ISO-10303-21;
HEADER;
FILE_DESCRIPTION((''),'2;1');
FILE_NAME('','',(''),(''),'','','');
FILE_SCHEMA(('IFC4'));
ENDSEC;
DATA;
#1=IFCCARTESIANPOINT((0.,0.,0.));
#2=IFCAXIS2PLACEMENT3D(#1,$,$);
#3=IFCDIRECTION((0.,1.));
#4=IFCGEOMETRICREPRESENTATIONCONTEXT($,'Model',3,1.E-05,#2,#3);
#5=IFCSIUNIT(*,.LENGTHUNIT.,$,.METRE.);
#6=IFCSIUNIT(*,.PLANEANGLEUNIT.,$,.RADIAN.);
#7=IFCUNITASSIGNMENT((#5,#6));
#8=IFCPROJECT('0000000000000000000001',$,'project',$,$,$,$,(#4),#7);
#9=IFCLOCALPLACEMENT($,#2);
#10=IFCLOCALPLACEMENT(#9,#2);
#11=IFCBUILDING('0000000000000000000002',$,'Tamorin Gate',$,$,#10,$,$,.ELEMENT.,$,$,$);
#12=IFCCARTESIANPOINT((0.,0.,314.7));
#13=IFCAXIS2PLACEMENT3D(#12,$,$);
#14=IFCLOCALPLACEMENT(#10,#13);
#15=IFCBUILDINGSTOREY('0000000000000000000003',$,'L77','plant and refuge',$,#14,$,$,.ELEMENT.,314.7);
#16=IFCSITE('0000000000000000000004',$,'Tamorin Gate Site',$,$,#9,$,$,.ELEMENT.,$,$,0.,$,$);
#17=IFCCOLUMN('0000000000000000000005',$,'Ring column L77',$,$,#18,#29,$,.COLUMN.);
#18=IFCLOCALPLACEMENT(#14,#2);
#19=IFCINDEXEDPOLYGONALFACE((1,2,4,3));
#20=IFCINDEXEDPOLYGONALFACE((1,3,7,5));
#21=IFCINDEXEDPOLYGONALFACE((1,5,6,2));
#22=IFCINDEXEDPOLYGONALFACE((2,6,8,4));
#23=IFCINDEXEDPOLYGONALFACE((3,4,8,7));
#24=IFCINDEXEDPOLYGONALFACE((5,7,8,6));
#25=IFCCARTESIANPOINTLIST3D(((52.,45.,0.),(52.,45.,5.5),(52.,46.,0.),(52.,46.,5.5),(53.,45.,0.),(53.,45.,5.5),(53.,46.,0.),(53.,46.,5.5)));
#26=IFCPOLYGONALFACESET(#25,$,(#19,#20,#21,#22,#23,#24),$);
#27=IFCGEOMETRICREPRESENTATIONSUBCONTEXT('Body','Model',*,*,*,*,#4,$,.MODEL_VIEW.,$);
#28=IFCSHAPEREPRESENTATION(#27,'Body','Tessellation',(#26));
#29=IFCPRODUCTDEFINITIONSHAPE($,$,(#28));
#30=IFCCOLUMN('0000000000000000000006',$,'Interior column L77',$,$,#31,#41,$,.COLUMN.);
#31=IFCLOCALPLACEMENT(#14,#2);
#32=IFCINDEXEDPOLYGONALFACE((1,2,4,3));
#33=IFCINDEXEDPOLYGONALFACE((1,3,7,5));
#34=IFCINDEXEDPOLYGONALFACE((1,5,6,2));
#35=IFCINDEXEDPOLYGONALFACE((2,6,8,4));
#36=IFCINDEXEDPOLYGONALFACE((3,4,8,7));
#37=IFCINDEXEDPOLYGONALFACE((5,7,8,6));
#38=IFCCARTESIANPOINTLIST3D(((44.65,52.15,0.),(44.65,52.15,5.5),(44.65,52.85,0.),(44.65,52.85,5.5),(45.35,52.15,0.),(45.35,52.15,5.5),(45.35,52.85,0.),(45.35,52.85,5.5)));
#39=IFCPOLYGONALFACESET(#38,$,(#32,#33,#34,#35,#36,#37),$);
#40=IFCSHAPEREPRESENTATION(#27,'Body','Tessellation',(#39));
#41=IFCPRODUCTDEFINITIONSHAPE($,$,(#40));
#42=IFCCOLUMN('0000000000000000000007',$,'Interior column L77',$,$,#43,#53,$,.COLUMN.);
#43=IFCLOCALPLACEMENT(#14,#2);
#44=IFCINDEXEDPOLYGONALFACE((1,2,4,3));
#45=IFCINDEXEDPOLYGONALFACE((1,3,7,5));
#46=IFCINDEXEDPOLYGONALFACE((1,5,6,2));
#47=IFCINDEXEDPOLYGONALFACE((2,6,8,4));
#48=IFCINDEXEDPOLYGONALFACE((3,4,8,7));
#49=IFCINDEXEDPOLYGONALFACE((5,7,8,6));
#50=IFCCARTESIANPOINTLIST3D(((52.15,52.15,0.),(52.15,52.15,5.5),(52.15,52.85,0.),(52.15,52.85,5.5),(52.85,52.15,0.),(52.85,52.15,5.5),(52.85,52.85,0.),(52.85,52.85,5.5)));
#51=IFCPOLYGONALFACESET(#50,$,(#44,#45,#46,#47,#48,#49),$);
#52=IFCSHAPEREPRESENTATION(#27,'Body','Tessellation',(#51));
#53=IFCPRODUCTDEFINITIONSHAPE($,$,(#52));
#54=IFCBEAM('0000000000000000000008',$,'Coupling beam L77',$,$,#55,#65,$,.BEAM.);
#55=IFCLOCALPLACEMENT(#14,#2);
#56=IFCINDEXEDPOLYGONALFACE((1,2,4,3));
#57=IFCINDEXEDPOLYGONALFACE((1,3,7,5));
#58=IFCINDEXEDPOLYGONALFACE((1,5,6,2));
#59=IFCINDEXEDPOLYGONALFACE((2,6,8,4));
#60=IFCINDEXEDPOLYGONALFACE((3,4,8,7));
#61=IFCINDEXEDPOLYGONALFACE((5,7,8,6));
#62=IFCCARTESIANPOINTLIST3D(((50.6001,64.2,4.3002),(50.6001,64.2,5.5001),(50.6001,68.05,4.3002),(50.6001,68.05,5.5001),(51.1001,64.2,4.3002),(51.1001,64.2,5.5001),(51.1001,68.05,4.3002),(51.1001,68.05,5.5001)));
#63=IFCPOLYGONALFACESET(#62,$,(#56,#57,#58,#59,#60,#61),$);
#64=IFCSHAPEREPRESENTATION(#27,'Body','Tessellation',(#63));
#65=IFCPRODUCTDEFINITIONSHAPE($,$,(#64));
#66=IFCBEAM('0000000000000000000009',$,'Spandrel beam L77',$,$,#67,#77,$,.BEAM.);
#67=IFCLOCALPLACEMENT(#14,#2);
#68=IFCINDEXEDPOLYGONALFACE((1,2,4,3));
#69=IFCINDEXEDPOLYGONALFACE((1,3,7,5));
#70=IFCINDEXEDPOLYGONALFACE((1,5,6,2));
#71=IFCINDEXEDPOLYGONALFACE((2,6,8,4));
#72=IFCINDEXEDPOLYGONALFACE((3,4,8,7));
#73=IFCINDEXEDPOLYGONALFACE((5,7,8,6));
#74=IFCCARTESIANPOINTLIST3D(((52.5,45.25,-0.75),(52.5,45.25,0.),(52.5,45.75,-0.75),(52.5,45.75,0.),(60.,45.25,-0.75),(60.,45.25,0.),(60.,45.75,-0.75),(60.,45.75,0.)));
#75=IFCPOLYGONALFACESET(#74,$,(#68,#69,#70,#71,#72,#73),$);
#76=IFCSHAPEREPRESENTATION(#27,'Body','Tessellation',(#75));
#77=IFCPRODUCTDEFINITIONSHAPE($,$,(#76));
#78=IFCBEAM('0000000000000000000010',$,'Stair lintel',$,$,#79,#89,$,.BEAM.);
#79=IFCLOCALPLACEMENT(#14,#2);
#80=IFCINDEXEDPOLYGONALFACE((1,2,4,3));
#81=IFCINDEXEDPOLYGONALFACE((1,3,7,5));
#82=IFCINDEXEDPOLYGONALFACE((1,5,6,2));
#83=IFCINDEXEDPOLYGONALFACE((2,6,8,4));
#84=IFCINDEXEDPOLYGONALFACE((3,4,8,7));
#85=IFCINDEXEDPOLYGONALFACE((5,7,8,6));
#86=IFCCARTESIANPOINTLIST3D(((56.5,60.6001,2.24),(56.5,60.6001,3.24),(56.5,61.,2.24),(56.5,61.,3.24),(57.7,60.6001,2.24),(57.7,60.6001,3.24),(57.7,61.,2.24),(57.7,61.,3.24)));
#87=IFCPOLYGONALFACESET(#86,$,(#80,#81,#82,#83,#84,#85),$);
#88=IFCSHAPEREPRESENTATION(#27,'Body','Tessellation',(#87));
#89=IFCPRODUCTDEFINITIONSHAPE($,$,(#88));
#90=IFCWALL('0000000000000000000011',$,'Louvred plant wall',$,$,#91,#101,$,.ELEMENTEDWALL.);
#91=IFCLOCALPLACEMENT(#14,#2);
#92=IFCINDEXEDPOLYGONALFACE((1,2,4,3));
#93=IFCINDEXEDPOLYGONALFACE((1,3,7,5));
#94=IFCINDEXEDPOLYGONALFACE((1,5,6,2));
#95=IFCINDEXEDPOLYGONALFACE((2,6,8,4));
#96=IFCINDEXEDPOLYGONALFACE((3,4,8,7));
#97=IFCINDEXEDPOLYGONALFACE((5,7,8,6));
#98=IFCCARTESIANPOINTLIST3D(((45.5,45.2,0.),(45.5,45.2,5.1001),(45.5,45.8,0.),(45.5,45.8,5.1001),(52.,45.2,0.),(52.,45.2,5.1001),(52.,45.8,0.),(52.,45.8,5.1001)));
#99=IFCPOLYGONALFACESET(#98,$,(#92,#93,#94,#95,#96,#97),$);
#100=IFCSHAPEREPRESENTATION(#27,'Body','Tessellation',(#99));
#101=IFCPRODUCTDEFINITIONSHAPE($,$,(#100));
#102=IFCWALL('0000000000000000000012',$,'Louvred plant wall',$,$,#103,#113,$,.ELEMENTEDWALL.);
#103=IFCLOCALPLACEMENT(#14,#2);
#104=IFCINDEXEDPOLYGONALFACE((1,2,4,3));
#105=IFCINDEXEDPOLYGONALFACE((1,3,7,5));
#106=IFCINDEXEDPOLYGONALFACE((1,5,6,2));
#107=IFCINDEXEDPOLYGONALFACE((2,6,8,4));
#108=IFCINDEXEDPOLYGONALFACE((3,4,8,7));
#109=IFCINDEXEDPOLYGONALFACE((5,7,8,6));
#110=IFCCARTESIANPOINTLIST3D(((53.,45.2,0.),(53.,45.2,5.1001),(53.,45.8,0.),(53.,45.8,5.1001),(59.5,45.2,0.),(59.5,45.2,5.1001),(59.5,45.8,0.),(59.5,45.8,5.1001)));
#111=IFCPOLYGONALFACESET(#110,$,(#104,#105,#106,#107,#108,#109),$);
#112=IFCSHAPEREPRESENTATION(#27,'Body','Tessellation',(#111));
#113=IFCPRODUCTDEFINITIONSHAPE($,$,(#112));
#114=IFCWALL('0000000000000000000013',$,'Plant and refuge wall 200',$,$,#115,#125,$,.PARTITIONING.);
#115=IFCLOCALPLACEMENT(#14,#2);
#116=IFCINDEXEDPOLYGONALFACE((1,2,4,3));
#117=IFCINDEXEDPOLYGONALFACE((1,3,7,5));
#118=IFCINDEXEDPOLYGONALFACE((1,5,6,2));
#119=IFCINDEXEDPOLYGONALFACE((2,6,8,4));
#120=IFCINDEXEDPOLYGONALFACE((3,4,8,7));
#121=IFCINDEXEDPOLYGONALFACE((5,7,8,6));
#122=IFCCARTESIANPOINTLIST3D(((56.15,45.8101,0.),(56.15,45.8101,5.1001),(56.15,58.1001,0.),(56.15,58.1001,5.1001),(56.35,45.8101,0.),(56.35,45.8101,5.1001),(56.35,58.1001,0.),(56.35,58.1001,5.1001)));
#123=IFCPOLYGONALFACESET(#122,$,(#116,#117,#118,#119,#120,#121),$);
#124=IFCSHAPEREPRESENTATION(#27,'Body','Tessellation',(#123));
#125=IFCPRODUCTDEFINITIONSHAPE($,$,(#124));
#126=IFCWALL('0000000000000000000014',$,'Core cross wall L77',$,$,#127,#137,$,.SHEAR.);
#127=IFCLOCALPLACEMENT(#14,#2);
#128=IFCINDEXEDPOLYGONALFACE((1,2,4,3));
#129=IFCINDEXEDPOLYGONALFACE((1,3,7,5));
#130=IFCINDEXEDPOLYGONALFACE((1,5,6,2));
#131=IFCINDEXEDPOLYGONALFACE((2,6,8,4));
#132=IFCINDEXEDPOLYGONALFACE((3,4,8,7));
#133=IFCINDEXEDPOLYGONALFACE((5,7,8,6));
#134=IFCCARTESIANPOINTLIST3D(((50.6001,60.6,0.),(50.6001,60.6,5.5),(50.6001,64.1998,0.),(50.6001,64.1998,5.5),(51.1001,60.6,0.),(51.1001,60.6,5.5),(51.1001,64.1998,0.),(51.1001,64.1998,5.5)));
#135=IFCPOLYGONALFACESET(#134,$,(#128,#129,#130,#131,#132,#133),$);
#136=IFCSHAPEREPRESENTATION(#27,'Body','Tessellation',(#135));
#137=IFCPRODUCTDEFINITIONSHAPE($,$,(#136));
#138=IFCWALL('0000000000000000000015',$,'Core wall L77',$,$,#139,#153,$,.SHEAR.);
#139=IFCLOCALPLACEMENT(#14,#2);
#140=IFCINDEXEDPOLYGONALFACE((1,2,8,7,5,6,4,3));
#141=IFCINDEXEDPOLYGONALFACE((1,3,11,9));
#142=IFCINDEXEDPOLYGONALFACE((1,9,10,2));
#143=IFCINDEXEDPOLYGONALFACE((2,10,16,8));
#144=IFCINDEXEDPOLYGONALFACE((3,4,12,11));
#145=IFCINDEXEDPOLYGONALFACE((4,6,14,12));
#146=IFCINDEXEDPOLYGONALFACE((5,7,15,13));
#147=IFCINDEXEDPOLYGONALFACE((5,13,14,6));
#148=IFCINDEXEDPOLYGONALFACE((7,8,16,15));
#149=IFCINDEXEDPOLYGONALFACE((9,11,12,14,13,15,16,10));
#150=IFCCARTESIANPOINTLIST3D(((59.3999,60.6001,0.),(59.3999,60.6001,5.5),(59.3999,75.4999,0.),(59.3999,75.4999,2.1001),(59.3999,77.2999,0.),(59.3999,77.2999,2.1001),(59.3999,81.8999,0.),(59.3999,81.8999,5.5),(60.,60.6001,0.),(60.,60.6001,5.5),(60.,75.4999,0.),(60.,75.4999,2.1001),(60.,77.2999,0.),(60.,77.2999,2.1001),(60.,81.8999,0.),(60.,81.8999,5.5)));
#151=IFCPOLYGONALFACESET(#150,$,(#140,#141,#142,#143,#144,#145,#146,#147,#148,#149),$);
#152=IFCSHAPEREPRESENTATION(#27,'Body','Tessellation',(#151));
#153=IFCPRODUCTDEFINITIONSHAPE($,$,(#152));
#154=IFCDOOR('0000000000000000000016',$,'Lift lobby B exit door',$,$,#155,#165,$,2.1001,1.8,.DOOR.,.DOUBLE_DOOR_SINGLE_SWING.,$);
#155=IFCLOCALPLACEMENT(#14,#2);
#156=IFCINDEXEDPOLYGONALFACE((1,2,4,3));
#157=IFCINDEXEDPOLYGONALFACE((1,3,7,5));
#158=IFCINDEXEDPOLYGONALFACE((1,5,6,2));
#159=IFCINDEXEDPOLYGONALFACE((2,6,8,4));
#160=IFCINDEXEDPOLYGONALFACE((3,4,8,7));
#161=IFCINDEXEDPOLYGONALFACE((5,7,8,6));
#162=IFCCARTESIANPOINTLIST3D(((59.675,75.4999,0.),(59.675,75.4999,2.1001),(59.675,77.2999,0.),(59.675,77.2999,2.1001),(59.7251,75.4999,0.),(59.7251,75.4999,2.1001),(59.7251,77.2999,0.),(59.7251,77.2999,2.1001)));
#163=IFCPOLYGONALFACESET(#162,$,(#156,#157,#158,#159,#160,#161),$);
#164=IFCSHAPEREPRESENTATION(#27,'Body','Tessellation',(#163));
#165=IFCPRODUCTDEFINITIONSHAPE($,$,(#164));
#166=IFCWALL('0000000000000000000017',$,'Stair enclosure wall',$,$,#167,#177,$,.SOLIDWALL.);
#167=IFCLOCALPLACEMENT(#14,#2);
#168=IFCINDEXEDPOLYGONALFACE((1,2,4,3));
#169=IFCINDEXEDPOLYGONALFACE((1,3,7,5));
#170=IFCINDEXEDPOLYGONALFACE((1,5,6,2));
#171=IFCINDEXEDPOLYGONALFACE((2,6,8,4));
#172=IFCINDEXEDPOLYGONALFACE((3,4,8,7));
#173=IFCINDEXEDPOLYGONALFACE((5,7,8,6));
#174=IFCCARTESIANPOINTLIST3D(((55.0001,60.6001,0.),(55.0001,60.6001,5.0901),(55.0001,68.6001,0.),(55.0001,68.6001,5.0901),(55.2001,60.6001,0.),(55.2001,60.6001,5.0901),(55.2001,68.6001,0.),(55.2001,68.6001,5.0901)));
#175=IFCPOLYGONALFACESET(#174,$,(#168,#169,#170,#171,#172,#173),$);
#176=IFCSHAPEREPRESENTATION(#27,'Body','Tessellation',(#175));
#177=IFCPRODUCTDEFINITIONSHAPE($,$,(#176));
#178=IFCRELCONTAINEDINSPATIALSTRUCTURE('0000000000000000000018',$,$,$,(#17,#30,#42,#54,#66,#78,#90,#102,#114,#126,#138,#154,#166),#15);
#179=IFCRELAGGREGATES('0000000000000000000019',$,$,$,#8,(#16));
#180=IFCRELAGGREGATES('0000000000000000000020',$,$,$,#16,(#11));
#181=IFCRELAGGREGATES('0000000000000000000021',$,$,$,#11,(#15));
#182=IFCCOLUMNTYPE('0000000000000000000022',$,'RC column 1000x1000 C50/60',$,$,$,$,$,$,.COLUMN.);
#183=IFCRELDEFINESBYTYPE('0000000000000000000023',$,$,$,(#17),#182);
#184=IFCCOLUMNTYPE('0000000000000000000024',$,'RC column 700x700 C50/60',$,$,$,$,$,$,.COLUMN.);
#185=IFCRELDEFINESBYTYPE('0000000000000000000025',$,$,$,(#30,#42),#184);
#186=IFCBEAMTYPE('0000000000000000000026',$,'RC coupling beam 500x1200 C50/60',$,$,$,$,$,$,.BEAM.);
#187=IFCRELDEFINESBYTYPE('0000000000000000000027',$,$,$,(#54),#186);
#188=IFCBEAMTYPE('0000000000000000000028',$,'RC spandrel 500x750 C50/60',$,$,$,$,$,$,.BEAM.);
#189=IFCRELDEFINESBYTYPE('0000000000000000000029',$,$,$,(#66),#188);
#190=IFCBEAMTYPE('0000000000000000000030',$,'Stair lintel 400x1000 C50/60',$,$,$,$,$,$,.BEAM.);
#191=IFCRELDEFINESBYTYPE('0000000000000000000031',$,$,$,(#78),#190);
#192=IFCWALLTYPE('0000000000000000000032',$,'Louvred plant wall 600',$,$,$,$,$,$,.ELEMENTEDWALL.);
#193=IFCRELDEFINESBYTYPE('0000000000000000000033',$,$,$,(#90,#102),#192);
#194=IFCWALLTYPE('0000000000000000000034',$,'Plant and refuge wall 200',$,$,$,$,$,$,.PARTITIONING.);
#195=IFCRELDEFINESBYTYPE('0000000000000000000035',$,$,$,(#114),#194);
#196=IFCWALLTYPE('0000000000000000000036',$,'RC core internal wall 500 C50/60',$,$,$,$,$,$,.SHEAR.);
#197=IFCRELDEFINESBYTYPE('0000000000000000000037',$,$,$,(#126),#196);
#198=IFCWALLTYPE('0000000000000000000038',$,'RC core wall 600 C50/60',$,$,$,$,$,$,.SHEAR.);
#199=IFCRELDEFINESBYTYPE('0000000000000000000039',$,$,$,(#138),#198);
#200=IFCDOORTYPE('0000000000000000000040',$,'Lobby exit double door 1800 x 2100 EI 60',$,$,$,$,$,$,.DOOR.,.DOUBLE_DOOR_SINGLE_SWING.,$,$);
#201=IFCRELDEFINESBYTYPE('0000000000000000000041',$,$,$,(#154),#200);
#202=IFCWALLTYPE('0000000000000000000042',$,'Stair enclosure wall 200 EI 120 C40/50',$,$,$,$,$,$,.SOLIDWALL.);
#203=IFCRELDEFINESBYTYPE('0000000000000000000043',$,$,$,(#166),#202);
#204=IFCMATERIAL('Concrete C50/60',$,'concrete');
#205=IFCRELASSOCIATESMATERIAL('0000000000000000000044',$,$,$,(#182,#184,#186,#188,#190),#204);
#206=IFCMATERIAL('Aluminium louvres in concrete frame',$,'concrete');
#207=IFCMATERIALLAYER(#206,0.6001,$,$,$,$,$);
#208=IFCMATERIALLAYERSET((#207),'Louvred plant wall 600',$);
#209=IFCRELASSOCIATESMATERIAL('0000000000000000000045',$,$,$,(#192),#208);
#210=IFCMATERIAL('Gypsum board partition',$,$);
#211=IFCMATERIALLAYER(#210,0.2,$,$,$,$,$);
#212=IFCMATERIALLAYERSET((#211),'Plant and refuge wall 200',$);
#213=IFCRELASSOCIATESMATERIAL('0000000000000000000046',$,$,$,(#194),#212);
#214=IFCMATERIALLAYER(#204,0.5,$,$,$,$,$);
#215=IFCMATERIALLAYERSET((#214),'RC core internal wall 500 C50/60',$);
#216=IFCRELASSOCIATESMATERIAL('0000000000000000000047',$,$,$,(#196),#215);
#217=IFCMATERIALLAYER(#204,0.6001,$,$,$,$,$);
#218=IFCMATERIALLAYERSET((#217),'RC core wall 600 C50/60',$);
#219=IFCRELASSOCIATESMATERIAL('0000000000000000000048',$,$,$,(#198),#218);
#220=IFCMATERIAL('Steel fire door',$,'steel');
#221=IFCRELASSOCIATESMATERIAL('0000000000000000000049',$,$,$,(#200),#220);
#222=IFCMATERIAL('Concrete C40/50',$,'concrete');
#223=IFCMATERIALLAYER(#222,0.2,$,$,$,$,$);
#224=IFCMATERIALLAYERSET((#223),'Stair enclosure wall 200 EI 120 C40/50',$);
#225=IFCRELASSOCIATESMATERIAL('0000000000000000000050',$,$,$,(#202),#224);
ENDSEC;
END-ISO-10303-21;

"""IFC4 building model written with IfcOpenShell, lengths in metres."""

from ifc_helpers import new_model, si_unit, direction, frame, frame_2d, origin, origin_2d, place, context, subcontext, project, spatial, rectangle, extrude, material, layer, layer_set, material_profile, profile_set, type_object, element, fill, save


model = new_model("IFC4")

# Units and contexts
model_context = context("Model", 3, precision=1e-05, world=origin(), true_north=direction((0.0, 1.0)))
body_context = subcontext(model_context, "Body", "Model", "MODEL_VIEW")
ifc_project = project(units=[si_unit("LENGTHUNIT", "METRE"), si_unit("PLANEANGLEUNIT", "RADIAN")], contexts=[model_context])

# Site, building, storey
site_placement = place(None, origin())
site = spatial("IfcSite", under=ifc_project, at=site_placement, Name="Tamorin Gate Site", CompositionType="ELEMENT", RefElevation=0.0)
building_placement = place(site_placement, origin())
building = spatial("IfcBuilding", under=site, at=building_placement, Name="Tamorin Gate", CompositionType="ELEMENT")
storey_placement = place(building_placement, frame((0.0, 0.0, 314.7)))
storey = spatial("IfcBuildingStorey", under=building, at=storey_placement, Name="L77", Description="plant and refuge", CompositionType="ELEMENT", Elevation=314.7)

# Columns
ifc_material_1 = material(Name="Concrete C50/60", Category="concrete")
ifc_material_profile_1 = material_profile(ifc_material_1, rectangle(XDim=1.0, YDim=1.0, at=origin_2d()), Name="RC 1000x1000")
ifc_profile_set_1 = profile_set([ifc_material_profile_1], Name="Concrete C50/60")
column_type_1 = type_object("IfcColumnType", Name="RC column 1000x1000 C50/60", PredefinedType="COLUMN", material=ifc_profile_set_1)
column_placement = place(storey_placement, frame((52.5, 45.5, 0.0), z_axis=(0.0, 0.0, 1.0), x_axis=(1.0, 0.0, 0.0)))
element("IfcColumn", 1, at=column_placement, inside=storey, type_object=column_type_1, Name="Ring column L77", PredefinedType="COLUMN", context=body_context, shape_type="SweptSolid", body=[
    extrude(rectangle(XDim=1.0, YDim=1.0, at=origin_2d()), origin(), (0.0, 0.0, 1.0), 5.5),
])
ifc_material_profile_2 = material_profile(ifc_material_1, rectangle(XDim=0.7, YDim=0.7, at=origin_2d()), Name="RC 700x700")
ifc_profile_set_2 = profile_set([ifc_material_profile_2], Name="Concrete C50/60")
column_type_2 = type_object("IfcColumnType", Name="RC column 700x700 C50/60", PredefinedType="COLUMN", material=ifc_profile_set_2)
for number, where, z_axis, x_axis, name in (
    (2, (45.0, 52.5, 0.0), (0.0, 0.0, 1.0), (1.0, 0.0, 0.0), "Interior column L77"),
    (3, (52.5, 52.5, 0.0), (0.0, 0.0, 1.0), (1.0, 0.0, 0.0), "Interior column L77"),
):
    element("IfcColumn", number, at=place(storey_placement, frame(where, z_axis=z_axis, x_axis=x_axis)), inside=storey, type_object=column_type_2, Name=name, PredefinedType="COLUMN", context=body_context, shape_type="SweptSolid", body=[
        extrude(rectangle(XDim=0.7, YDim=0.7, at=origin_2d()), origin(), (0.0, 0.0, 1.0), 5.5),
    ])

# Beams
ifc_material_profile_3 = material_profile(ifc_material_1, rectangle(XDim=0.5, YDim=1.2, at=origin_2d()), Name="RC 500x1200")
ifc_profile_set_3 = profile_set([ifc_material_profile_3], Name="Concrete C50/60")
beam_type_1 = type_object("IfcBeamType", Name="RC coupling beam 500x1200 C50/60", PredefinedType="BEAM", material=ifc_profile_set_3)
beam_1_placement = place(storey_placement, frame((50.8501, 64.2, 4.9001), z_axis=(0.0, 1.0, 0.0), x_axis=(-1.0, 0.0, 0.0)))
element("IfcBeam", 4, at=beam_1_placement, inside=storey, type_object=beam_type_1, Name="Coupling beam L77", PredefinedType="BEAM", context=body_context, shape_type="SweptSolid", body=[
    extrude(rectangle(XDim=0.5, YDim=1.2, at=origin_2d()), origin(), (0.0, 0.0, 1.0), 3.8501),
])
ifc_material_profile_4 = material_profile(ifc_material_1, rectangle(XDim=0.5, YDim=0.75, at=origin_2d()), Name="RC 500x750")
ifc_profile_set_4 = profile_set([ifc_material_profile_4], Name="Concrete C50/60")
beam_type_2 = type_object("IfcBeamType", Name="RC spandrel 500x750 C50/60", PredefinedType="BEAM", material=ifc_profile_set_4)
beam_2_placement = place(storey_placement, frame((52.5, 45.5, -0.375), z_axis=(1.0, 0.0, 0.0), x_axis=(0.0, 1.0, 0.0)))
element("IfcBeam", 5, at=beam_2_placement, inside=storey, type_object=beam_type_2, Name="Spandrel beam L77", PredefinedType="BEAM", context=body_context, shape_type="SweptSolid", body=[
    extrude(rectangle(XDim=0.5, YDim=0.75, at=origin_2d()), origin(), (0.0, 0.0, 1.0), 7.5),
])
ifc_material_profile_5 = material_profile(ifc_material_1, rectangle(XDim=0.3999, YDim=1.0, at=origin_2d()))
ifc_profile_set_5 = profile_set([ifc_material_profile_5], Name="Concrete C50/60")
beam_type_3 = type_object("IfcBeamType", Name="Stair lintel 400x1000 C50/60", PredefinedType="BEAM", material=ifc_profile_set_5)
beam_3_placement = place(storey_placement, frame((56.5, 60.8, 2.74), z_axis=(1.0, 0.0, 0.0), x_axis=(0.0, 1.0, 0.0)))
element("IfcBeam", 6, at=beam_3_placement, inside=storey, type_object=beam_type_3, Name="Stair lintel", PredefinedType="BEAM", context=body_context, shape_type="SweptSolid", body=[
    extrude(rectangle(XDim=0.3999, YDim=1.0, at=origin_2d()), origin(), (0.0, 0.0, 1.0), 1.2),
])

# Walls
ifc_material_2 = material(Name="Aluminium louvres in concrete frame", Category="concrete")
ifc_layer_1 = layer(ifc_material_2, 0.6001)
ifc_layer_set_1 = layer_set([ifc_layer_1], Name="Louvred plant wall 600")
wall_type_1 = type_object("IfcWallType", Name="Louvred plant wall 600", PredefinedType="ELEMENTEDWALL", material=ifc_layer_set_1)
for number, where, z_axis, x_axis, name in (
    (7, (45.5, 45.5, 0.0), (0.0, 0.0, 1.0), (1.0, 0.0, 0.0), "Louvred plant wall"),
    (8, (53.0, 45.5, 0.0), (0.0, 0.0, 1.0), (1.0, 0.0, 0.0), "Louvred plant wall"),
):
    element("IfcWall", number, at=place(storey_placement, frame(where, z_axis=z_axis, x_axis=x_axis)), inside=storey, type_object=wall_type_1, Name=name, PredefinedType="ELEMENTEDWALL", context=body_context, shape_type="SweptSolid", body=[
        extrude(rectangle(XDim=6.5, YDim=0.6001, at=frame_2d((3.25, 0.0))), origin(), (0.0, 0.0, 1.0), 5.1001),
    ])
ifc_material_3 = material(Name="Gypsum board partition")
ifc_layer_2 = layer(ifc_material_3, 0.2)
ifc_layer_set_2 = layer_set([ifc_layer_2], Name="Plant and refuge wall 200")
wall_type_2 = type_object("IfcWallType", Name="Plant and refuge wall 200", PredefinedType="PARTITIONING", material=ifc_layer_set_2)
wall_1_placement = place(storey_placement, frame((56.25, 45.8101, 0.0), z_axis=(0.0, 0.0, 1.0), x_axis=(0.0, 1.0, 0.0)))
element("IfcWall", 9, at=wall_1_placement, inside=storey, type_object=wall_type_2, Name="Plant and refuge wall 200", PredefinedType="PARTITIONING", context=body_context, shape_type="SweptSolid", body=[
    extrude(rectangle(XDim=12.29, YDim=0.2, at=frame_2d((6.145, 0.0))), origin(), (0.0, 0.0, 1.0), 5.1001),
])
ifc_layer_3 = layer(ifc_material_1, 0.5)
ifc_layer_set_3 = layer_set([ifc_layer_3], Name="RC core internal wall 500 C50/60")
wall_type_3 = type_object("IfcWallType", Name="RC core internal wall 500 C50/60", PredefinedType="SHEAR", material=ifc_layer_set_3)
wall_2_placement = place(storey_placement, frame((50.8501, 60.6001, 0.0), z_axis=(0.0, 0.0, 1.0), x_axis=(0.0, 1.0, 0.0)))
element("IfcWall", 10, at=wall_2_placement, inside=storey, type_object=wall_type_3, Name="Core cross wall L77", PredefinedType="SHEAR", context=body_context, shape_type="SweptSolid", body=[
    extrude(rectangle(XDim=3.5999, YDim=0.5, at=frame_2d((1.7998, 0.0))), origin(), (0.0, 0.0, 1.0), 5.5),
])

# Wall, opening, door
ifc_layer_4 = layer(ifc_material_1, 0.6001)
ifc_layer_set_4 = layer_set([ifc_layer_4], Name="RC core wall 600 C50/60")
wall_type_4 = type_object("IfcWallType", Name="RC core wall 600 C50/60", PredefinedType="SHEAR", material=ifc_layer_set_4)
wall_3_placement = place(storey_placement, frame((59.7, 60.6001, 0.0), z_axis=(0.0, 0.0, 1.0), x_axis=(0.0, 1.0, 0.0)))
wall_3 = element("IfcWall", 11, at=wall_3_placement, inside=storey, type_object=wall_type_4, Name="Core wall L77", PredefinedType="SHEAR", context=body_context, shape_type="SweptSolid", body=[
    extrude(rectangle(XDim=21.2998, YDim=0.6001, at=frame_2d((10.6499, 0.0))), origin(), (0.0, 0.0, 1.0), 5.5),
])
opening_placement = place(wall_3_placement, frame((14.8999, 0.0, 0.0)))
opening = element("IfcOpeningElement", 12, at=opening_placement, cuts=wall_3, PredefinedType="OPENING", context=body_context, shape_type="SweptSolid", body=[
    extrude(rectangle(XDim=1.8, YDim=2.1001, at=frame_2d((0.8999, 1.05))), frame((0.0, 0.3101, 0.0), z_axis=(0.0, -1.0, 0.0), x_axis=(1.0, 0.0, 0.0)), (0.0, 0.0, 1.0), 0.6201),
])
ifc_material_4 = material(Name="Steel fire door", Category="steel")
door_type = type_object("IfcDoorType", Name="Lobby exit double door 1800 x 2100 EI 60", OperationType="DOUBLE_DOOR_SINGLE_SWING", PredefinedType="DOOR", material=ifc_material_4)
door_placement = place(opening_placement, origin())
door = element("IfcDoor", 13, at=door_placement, inside=storey, type_object=door_type, Name="Lift lobby B exit door", OperationType="DOUBLE_DOOR_SINGLE_SWING", OverallHeight=2.1001, OverallWidth=1.8, PredefinedType="DOOR", context=body_context, shape_type="SweptSolid", body=[
    extrude(rectangle(XDim=1.8, YDim=2.1001, at=frame_2d((0.8999, 1.05))), frame((0.0, 0.0249, 0.0), z_axis=(0.0, -1.0, 0.0), x_axis=(1.0, 0.0, 0.0)), (0.0, 0.0, 1.0), 0.05),
])
fill(opening, door)

# Wall
ifc_material_5 = material(Name="Concrete C40/50", Category="concrete")
ifc_layer_5 = layer(ifc_material_5, 0.2)
ifc_layer_set_5 = layer_set([ifc_layer_5], Name="Stair enclosure wall 200 EI 120 C40/50")
wall_type_5 = type_object("IfcWallType", Name="Stair enclosure wall 200 EI 120 C40/50", PredefinedType="SOLIDWALL", material=ifc_layer_set_5)
wall_4_placement = place(storey_placement, frame((55.1001, 60.6001, 0.0), z_axis=(0.0, 0.0, 1.0), x_axis=(0.0, 1.0, 0.0)))
element("IfcWall", 14, at=wall_4_placement, inside=storey, type_object=wall_type_5, Name="Stair enclosure wall", PredefinedType="SOLIDWALL", context=body_context, shape_type="SweptSolid", body=[
    extrude(rectangle(XDim=8.0, YDim=0.2, at=frame_2d((4.0, 0.0))), origin(), (0.0, 0.0, 1.0), 5.0901),
])

save(model, "model.ifc")
